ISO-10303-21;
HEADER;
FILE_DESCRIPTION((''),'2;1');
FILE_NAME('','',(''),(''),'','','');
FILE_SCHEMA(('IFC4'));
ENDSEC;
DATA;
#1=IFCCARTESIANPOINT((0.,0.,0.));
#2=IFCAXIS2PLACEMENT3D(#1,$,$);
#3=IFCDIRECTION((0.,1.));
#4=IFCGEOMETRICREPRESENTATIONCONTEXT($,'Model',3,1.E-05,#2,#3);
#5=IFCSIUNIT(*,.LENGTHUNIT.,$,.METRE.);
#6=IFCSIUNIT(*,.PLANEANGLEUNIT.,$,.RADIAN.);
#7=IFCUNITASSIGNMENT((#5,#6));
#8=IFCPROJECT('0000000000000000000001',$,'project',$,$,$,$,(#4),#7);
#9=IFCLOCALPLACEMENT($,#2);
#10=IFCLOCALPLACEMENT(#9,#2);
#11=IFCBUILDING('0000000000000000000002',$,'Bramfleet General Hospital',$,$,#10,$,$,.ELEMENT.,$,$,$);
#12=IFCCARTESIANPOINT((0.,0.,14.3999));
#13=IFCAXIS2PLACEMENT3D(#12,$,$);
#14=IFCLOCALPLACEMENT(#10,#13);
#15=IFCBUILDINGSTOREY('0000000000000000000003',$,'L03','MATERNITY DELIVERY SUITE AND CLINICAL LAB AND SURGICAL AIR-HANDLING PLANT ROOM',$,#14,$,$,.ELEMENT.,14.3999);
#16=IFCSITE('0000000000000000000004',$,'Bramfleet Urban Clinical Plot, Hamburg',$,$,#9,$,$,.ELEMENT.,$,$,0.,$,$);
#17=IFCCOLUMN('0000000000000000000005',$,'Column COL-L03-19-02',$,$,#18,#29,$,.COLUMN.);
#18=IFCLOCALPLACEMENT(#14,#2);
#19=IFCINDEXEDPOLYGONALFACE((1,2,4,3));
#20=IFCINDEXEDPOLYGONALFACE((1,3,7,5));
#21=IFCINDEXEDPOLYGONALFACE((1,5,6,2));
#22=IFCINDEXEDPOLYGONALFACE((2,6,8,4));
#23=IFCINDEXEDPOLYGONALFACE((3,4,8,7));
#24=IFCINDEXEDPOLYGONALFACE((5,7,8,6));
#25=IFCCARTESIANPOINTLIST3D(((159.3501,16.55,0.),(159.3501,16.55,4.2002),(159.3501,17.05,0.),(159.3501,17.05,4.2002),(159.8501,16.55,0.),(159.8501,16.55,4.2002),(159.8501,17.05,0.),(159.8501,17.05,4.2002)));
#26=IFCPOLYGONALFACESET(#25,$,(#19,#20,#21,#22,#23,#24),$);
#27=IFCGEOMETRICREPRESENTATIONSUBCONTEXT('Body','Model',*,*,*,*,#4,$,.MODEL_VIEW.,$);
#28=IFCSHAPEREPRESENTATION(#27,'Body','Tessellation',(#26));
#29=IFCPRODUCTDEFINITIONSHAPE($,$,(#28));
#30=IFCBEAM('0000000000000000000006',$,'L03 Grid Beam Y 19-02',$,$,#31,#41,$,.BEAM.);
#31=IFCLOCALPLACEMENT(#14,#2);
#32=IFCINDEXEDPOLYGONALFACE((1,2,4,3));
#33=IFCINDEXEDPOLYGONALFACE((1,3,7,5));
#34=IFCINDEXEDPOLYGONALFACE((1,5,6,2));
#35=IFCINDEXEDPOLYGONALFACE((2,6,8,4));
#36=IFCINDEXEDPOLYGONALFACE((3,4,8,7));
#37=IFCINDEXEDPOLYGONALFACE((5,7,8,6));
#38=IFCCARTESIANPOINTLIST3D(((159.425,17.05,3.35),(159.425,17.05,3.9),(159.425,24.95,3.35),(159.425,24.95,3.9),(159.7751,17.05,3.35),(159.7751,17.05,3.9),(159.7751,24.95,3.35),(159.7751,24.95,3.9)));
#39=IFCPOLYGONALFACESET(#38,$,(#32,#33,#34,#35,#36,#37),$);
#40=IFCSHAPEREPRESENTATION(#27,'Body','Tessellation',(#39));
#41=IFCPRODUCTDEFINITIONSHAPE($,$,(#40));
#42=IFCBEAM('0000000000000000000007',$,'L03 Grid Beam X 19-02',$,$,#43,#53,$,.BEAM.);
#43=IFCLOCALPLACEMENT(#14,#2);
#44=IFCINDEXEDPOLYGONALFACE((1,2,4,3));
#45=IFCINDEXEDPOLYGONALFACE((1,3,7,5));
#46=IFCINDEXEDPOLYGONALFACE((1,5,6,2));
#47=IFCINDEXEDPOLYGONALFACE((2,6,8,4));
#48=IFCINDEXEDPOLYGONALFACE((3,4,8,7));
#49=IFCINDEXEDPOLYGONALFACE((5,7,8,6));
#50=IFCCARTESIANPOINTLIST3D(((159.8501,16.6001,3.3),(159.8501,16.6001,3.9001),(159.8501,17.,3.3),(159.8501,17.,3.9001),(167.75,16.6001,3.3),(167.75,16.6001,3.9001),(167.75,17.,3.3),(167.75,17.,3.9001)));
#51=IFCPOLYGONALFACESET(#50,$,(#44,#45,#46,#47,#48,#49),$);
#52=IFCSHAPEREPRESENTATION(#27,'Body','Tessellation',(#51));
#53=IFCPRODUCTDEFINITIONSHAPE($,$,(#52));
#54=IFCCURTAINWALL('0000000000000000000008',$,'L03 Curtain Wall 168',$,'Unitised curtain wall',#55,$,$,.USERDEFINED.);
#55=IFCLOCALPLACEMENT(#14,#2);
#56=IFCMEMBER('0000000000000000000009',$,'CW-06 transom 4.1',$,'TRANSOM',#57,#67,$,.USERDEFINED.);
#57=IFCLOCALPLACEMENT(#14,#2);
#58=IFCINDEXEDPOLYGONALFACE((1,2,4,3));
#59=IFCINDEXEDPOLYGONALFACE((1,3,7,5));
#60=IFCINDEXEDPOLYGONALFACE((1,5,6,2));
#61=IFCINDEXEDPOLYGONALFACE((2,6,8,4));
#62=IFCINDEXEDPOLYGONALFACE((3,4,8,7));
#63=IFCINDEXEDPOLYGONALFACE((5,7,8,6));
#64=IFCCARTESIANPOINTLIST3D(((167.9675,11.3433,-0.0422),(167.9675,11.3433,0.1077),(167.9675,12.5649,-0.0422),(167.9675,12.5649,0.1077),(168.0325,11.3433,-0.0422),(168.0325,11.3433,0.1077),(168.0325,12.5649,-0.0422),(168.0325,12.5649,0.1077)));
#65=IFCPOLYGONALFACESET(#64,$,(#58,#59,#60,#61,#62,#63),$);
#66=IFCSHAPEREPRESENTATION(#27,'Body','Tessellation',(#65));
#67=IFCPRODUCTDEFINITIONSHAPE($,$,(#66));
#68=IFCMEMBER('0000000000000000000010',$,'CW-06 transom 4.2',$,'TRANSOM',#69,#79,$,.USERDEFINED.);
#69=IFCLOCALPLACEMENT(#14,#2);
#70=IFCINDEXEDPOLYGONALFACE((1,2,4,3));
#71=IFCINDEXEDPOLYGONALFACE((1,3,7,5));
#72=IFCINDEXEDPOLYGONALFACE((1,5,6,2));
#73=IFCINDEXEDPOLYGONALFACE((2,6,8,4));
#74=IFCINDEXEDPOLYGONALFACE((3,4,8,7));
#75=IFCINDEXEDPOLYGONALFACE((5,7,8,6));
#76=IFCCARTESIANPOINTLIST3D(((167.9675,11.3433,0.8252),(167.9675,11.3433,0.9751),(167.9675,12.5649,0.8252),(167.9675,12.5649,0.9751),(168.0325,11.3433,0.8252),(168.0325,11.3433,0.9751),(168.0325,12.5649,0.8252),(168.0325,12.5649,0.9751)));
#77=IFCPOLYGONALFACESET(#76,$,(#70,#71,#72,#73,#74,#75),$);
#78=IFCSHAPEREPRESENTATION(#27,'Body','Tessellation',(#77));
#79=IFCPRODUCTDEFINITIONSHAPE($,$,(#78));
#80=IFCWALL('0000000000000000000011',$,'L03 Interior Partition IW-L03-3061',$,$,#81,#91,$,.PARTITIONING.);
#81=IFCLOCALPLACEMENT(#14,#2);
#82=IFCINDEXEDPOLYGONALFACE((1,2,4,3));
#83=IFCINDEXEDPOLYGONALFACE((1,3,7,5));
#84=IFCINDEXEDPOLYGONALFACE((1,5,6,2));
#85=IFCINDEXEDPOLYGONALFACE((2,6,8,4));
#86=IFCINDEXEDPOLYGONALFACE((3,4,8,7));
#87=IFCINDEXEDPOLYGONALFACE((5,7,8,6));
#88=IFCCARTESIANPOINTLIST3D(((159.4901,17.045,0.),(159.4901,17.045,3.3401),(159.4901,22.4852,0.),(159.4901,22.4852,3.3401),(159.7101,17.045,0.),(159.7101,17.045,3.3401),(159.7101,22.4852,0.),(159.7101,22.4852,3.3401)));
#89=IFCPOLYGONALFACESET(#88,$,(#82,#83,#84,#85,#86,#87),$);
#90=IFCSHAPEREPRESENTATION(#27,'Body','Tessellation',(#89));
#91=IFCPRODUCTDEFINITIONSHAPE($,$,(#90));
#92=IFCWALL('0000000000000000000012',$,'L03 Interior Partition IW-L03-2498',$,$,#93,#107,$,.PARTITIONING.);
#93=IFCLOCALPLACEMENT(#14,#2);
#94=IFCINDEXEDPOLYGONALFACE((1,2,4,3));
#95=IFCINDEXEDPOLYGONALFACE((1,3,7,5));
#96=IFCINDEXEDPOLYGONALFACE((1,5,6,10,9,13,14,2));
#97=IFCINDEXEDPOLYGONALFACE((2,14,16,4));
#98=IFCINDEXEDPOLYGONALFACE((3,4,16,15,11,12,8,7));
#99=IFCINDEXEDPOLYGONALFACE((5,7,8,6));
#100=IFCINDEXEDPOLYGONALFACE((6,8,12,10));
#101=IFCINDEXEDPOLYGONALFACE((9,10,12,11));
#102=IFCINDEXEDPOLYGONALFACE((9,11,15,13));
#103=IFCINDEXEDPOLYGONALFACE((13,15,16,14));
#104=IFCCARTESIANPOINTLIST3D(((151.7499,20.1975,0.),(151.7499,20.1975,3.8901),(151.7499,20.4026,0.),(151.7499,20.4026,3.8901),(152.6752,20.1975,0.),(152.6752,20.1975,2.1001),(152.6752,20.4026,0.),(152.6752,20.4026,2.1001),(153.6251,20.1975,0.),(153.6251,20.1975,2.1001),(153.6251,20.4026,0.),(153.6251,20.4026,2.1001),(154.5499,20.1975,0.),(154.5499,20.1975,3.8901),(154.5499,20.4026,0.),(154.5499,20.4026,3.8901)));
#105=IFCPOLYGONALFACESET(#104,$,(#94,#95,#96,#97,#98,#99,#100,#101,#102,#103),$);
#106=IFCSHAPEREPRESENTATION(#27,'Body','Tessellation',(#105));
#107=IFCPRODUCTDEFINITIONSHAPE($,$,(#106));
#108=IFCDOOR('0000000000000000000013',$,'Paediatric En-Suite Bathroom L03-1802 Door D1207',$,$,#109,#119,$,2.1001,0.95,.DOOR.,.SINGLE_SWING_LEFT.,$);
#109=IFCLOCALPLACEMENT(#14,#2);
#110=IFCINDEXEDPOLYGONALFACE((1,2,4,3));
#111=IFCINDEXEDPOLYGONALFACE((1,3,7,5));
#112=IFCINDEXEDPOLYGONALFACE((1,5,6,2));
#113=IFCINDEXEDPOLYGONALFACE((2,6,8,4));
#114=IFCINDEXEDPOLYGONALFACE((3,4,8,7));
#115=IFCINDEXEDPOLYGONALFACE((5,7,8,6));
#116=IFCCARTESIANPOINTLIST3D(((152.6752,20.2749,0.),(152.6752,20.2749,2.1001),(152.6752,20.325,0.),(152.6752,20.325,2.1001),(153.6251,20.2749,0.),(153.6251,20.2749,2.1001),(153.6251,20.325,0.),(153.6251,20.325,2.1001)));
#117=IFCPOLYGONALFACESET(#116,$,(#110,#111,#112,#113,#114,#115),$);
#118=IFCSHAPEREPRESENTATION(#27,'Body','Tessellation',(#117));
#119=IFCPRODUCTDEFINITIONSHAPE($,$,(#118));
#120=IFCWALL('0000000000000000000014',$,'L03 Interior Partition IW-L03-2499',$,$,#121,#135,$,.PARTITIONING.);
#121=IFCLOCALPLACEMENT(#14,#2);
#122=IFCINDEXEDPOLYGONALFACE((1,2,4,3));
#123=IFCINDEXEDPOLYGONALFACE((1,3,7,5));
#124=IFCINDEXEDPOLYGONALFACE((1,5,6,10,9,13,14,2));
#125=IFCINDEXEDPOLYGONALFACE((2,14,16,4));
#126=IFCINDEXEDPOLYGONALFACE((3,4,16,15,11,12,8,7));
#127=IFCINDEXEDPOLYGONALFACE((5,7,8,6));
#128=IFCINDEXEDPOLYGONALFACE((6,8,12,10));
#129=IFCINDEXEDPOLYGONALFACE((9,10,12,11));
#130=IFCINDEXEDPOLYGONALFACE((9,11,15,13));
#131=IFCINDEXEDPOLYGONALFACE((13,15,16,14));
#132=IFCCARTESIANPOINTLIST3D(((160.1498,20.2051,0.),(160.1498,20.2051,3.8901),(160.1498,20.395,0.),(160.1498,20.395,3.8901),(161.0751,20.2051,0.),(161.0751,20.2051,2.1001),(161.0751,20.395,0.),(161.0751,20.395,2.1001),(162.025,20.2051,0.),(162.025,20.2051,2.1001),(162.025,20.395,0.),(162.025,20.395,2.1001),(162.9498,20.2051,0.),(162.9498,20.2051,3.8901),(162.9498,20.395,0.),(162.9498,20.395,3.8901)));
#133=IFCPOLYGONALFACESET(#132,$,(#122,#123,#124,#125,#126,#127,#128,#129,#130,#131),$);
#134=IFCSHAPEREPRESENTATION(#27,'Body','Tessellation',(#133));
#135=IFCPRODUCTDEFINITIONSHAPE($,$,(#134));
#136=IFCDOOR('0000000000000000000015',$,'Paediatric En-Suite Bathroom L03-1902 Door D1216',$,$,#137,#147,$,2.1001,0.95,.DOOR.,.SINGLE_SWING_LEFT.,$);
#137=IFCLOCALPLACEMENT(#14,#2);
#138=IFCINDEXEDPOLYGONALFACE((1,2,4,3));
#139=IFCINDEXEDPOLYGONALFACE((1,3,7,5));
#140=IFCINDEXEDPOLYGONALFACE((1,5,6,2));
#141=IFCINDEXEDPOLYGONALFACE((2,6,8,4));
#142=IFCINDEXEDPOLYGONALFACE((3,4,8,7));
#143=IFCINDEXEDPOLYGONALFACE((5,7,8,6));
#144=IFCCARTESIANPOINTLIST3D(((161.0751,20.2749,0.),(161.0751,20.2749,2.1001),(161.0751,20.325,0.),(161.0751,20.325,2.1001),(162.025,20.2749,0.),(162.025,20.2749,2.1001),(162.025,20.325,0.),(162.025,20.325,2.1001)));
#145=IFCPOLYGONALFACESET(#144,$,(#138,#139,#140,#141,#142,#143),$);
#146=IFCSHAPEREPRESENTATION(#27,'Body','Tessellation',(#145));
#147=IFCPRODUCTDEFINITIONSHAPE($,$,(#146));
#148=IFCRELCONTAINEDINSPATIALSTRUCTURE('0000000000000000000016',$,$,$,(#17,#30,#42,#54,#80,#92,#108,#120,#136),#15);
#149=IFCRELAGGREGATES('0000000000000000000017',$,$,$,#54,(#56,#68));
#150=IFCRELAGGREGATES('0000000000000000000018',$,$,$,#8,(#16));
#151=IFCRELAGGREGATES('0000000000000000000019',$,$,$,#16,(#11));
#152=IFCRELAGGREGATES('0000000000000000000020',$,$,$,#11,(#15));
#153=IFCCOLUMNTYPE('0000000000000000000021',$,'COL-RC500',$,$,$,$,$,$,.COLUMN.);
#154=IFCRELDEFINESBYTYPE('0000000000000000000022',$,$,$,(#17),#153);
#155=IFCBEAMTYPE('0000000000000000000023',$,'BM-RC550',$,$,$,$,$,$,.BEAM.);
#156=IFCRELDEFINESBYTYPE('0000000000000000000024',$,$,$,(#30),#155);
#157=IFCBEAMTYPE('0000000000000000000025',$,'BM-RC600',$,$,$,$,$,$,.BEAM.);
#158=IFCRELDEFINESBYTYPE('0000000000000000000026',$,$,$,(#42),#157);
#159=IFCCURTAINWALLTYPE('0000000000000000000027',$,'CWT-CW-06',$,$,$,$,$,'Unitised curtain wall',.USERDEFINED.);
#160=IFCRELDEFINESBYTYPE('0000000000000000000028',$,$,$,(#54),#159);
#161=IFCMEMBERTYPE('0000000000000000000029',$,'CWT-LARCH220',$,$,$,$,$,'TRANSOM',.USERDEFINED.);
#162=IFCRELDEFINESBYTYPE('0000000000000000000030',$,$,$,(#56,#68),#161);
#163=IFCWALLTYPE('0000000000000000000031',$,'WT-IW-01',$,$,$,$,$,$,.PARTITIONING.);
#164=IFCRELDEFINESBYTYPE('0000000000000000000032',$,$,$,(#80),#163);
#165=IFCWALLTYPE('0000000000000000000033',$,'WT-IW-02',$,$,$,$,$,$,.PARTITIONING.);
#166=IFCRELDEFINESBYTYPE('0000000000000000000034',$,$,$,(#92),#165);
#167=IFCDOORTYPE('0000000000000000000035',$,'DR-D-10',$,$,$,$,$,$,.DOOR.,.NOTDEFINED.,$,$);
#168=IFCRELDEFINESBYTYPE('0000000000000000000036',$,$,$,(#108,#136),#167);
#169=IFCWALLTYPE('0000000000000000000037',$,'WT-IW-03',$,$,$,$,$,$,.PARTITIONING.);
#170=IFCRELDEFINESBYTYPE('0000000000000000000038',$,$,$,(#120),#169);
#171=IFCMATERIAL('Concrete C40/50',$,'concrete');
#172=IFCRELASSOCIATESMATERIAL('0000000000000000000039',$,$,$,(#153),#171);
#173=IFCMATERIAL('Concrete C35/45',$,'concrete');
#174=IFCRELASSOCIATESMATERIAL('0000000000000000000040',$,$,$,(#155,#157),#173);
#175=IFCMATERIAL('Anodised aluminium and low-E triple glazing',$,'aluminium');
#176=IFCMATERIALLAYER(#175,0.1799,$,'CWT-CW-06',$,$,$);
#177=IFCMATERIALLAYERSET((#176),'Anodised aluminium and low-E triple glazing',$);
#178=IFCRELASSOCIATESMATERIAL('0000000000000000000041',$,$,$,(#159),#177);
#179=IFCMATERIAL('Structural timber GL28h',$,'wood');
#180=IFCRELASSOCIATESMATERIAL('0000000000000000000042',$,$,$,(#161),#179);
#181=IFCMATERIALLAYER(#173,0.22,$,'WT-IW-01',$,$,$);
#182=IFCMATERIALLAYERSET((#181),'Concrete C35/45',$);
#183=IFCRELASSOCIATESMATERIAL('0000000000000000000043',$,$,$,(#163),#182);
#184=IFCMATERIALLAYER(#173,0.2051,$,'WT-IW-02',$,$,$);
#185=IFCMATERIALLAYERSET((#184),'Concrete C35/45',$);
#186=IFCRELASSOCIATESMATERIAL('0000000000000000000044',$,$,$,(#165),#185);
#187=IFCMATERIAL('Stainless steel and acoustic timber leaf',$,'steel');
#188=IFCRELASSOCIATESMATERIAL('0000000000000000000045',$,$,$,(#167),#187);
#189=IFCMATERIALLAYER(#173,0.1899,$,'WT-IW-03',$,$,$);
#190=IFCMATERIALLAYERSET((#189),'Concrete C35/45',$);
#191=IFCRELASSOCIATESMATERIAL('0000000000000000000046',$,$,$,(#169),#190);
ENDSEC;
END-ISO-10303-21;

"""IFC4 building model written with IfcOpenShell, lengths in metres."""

from ifc_helpers import new_model, si_unit, direction, frame, frame_2d, origin, origin_2d, place, context, subcontext, project, spatial, rectangle, extrude, material, layer, layer_set, material_profile, profile_set, type_object, element, fill, aggregate, save


model = new_model("IFC4")

# Units and contexts
model_context = context("Model", 3, precision=1e-05, world=origin(), true_north=direction((0.0, 1.0)))
body_context = subcontext(model_context, "Body", "Model", "MODEL_VIEW")
ifc_project = project(units=[si_unit("LENGTHUNIT", "METRE"), si_unit("PLANEANGLEUNIT", "RADIAN")], contexts=[model_context])

# Site, building, storey
site_placement = place(None, origin())
site = spatial("IfcSite", under=ifc_project, at=site_placement, Name="Bramfleet Urban Clinical Plot, Hamburg", CompositionType="ELEMENT", RefElevation=0.0)
building_placement = place(site_placement, origin())
building = spatial("IfcBuilding", under=site, at=building_placement, Name="Bramfleet General Hospital", CompositionType="ELEMENT")
storey_placement = place(building_placement, frame((0.0, 0.0, 14.3999)))
storey = spatial("IfcBuildingStorey", under=building, at=storey_placement, Name="L03", Description="MATERNITY DELIVERY SUITE AND CLINICAL LAB AND SURGICAL AIR-HANDLING PLANT ROOM", CompositionType="ELEMENT", Elevation=14.3999)

# Column
ifc_material_1 = material(Name="Concrete C40/50", Category="concrete")
ifc_material_profile_1 = material_profile(ifc_material_1, rectangle(XDim=0.5, YDim=0.5, at=origin_2d()), Name="RC COL 500x500")
ifc_profile_set_1 = profile_set([ifc_material_profile_1], Name="Concrete C40/50")
column_type = type_object("IfcColumnType", Name="COL-RC500", PredefinedType="COLUMN", material=ifc_profile_set_1)
column_placement = place(storey_placement, frame((159.6001, 16.8, 0.0), z_axis=(0.0, 0.0, 1.0), x_axis=(1.0, 0.0, 0.0)))
element("IfcColumn", 1, at=column_placement, inside=storey, type_object=column_type, Name="Column COL-L03-19-02", PredefinedType="COLUMN", context=body_context, shape_type="SweptSolid", body=[
    extrude(rectangle(XDim=0.5, YDim=0.5, at=origin_2d()), origin(), (0.0, 0.0, 1.0), 4.2002),
])

# Beams
ifc_material_2 = material(Name="Concrete C35/45", Category="concrete")
ifc_material_profile_2 = material_profile(ifc_material_2, rectangle(XDim=0.3501, YDim=0.55, at=origin_2d()), Name="RC BM 550x350")
ifc_profile_set_2 = profile_set([ifc_material_profile_2], Name="Concrete C35/45")
beam_type_1 = type_object("IfcBeamType", Name="BM-RC550", PredefinedType="BEAM", material=ifc_profile_set_2)
beam_1_placement = place(storey_placement, frame((159.6001, 17.05, 3.625), z_axis=(0.0, 1.0, 0.0), x_axis=(-1.0, 0.0, 0.0)))
element("IfcBeam", 2, at=beam_1_placement, inside=storey, type_object=beam_type_1, Name="L03 Grid Beam Y 19-02", PredefinedType="BEAM", context=body_context, shape_type="SweptSolid", body=[
    extrude(rectangle(XDim=0.3501, YDim=0.55, at=origin_2d()), origin(), (0.0, 0.0, 1.0), 7.8999),
])
ifc_material_profile_3 = material_profile(ifc_material_2, rectangle(XDim=0.3999, YDim=0.6001, at=origin_2d()), Name="RC BM 600x400")
ifc_profile_set_3 = profile_set([ifc_material_profile_3], Name="Concrete C35/45")
beam_type_2 = type_object("IfcBeamType", Name="BM-RC600", PredefinedType="BEAM", material=ifc_profile_set_3)
beam_2_placement = place(storey_placement, frame((159.8501, 16.8, 3.6001), z_axis=(1.0, 0.0, 0.0), x_axis=(0.0, 1.0, 0.0)))
element("IfcBeam", 3, at=beam_2_placement, inside=storey, type_object=beam_type_2, Name="L03 Grid Beam X 19-02", PredefinedType="BEAM", context=body_context, shape_type="SweptSolid", body=[
    extrude(rectangle(XDim=0.3999, YDim=0.6001, at=origin_2d()), origin(), (0.0, 0.0, 1.0), 7.8999),
])

# Curtain wall, members
ifc_material_3 = material(Name="Anodised aluminium and low-E triple glazing", Category="aluminium")
ifc_layer_1 = layer(ifc_material_3, 0.1799, Name="CWT-CW-06")
ifc_layer_set_1 = layer_set([ifc_layer_1], Name="Anodised aluminium and low-E triple glazing")
curtain_wall_type = type_object("IfcCurtainWallType", Name="CWT-CW-06", ElementType="Unitised curtain wall", PredefinedType="USERDEFINED", material=ifc_layer_set_1)
curtain_wall_placement = place(storey_placement, origin())
curtain_wall = element("IfcCurtainWall", 4, at=curtain_wall_placement, inside=storey, type_object=curtain_wall_type, Name="L03 Curtain Wall 168", ObjectType="Unitised curtain wall", PredefinedType="USERDEFINED")
ifc_material_4 = material(Name="Structural timber GL28h", Category="wood")
ifc_material_profile_4 = material_profile(ifc_material_4, rectangle(XDim=0.0649, YDim=0.1499, at=origin_2d()), Name="LARCH 150x65")
ifc_profile_set_4 = profile_set([ifc_material_profile_4], Name="Structural timber GL28h")
member_type = type_object("IfcMemberType", Name="CWT-LARCH220", ElementType="TRANSOM", PredefinedType="USERDEFINED", material=ifc_profile_set_4)
member_1_placement = place(storey_placement, frame((168.0, 12.5649, 0.0327), z_axis=(0.0, -1.0, 0.0), x_axis=(1.0, 0.0, 0.0)))
member_1 = element("IfcMember", 5, at=member_1_placement, type_object=member_type, Name="CW-06 transom 4.1", ObjectType="TRANSOM", PredefinedType="USERDEFINED", context=body_context, shape_type="SweptSolid", body=[
    extrude(rectangle(XDim=0.0649, YDim=0.1499, at=origin_2d()), origin(), (0.0, 0.0, 1.0), 1.2217),
])
member_2_placement = place(storey_placement, frame((168.0, 12.5649, 0.9001), z_axis=(0.0, -1.0, 0.0), x_axis=(1.0, 0.0, 0.0)))
member_2 = element("IfcMember", 6, at=member_2_placement, type_object=member_type, Name="CW-06 transom 4.2", ObjectType="TRANSOM", PredefinedType="USERDEFINED", context=body_context, shape_type="SweptSolid", body=[
    extrude(rectangle(XDim=0.0649, YDim=0.1499, at=origin_2d()), origin(), (0.0, 0.0, 1.0), 1.2217),
])
aggregate(curtain_wall, [member_1, member_2])

# Wall
ifc_layer_2 = layer(ifc_material_2, 0.22, Name="WT-IW-01")
ifc_layer_set_2 = layer_set([ifc_layer_2], Name="Concrete C35/45")
wall_type_1 = type_object("IfcWallType", Name="WT-IW-01", PredefinedType="PARTITIONING", material=ifc_layer_set_2)
wall_1_placement = place(storey_placement, frame((159.6001, 17.0449, 0.0), z_axis=(0.0, 0.0, 1.0), x_axis=(0.0, 1.0, 0.0)))
element("IfcWall", 7, at=wall_1_placement, inside=storey, type_object=wall_type_1, Name="L03 Interior Partition IW-L03-3061", PredefinedType="PARTITIONING", context=body_context, shape_type="SweptSolid", body=[
    extrude(rectangle(XDim=5.4402, YDim=0.22, at=frame_2d((2.7202, 0.0))), origin(), (0.0, 0.0, 1.0), 3.3401),
])

# Walls, openings, doors
ifc_layer_3 = layer(ifc_material_2, 0.2051, Name="WT-IW-02")
ifc_layer_set_3 = layer_set([ifc_layer_3], Name="Concrete C35/45")
wall_type_2 = type_object("IfcWallType", Name="WT-IW-02", PredefinedType="PARTITIONING", material=ifc_layer_set_3)
wall_2_placement = place(storey_placement, frame((151.75, 20.3, 0.0), z_axis=(0.0, 0.0, 1.0), x_axis=(1.0, 0.0, 0.0)))
wall_2 = element("IfcWall", 8, at=wall_2_placement, inside=storey, type_object=wall_type_2, Name="L03 Interior Partition IW-L03-2498", PredefinedType="PARTITIONING", context=body_context, shape_type="SweptSolid", body=[
    extrude(rectangle(XDim=2.8, YDim=0.2051, at=frame_2d((1.3999, 0.0))), origin(), (0.0, 0.0, 1.0), 3.8901),
])
opening_1_placement = place(wall_2_placement, frame((0.925, 0.0, 0.0)))
opening_1 = element("IfcOpeningElement", 9, at=opening_1_placement, cuts=wall_2, PredefinedType="OPENING", context=body_context, shape_type="SweptSolid", body=[
    extrude(rectangle(XDim=0.95, YDim=2.1001, at=frame_2d((0.4751, 1.05))), frame((0.0, 0.1125, 0.0), z_axis=(0.0, -1.0, 0.0), x_axis=(1.0, 0.0, 0.0)), (0.0, 0.0, 1.0), 0.2251),
])
ifc_material_5 = material(Name="Stainless steel and acoustic timber leaf", Category="steel")
door_type_1 = type_object("IfcDoorType", Name="DR-D-10", OperationType="NOTDEFINED", PredefinedType="DOOR", material=ifc_material_5)
door_1_placement = place(opening_1_placement, origin())
door_1 = element("IfcDoor", 10, at=door_1_placement, inside=storey, type_object=door_type_1, Name="Paediatric En-Suite Bathroom L03-1802 Door D1207", OperationType="SINGLE_SWING_LEFT", OverallHeight=2.1001, OverallWidth=0.95, PredefinedType="DOOR", context=body_context, shape_type="SweptSolid", body=[
    extrude(rectangle(XDim=0.95, YDim=2.1001, at=frame_2d((0.4751, 1.05))), frame((0.0, 0.0249, 0.0), z_axis=(0.0, -1.0, 0.0), x_axis=(1.0, 0.0, 0.0)), (0.0, 0.0, 1.0), 0.05),
])
fill(opening_1, door_1)
ifc_layer_4 = layer(ifc_material_2, 0.1899, Name="WT-IW-03")
ifc_layer_set_4 = layer_set([ifc_layer_4], Name="Concrete C35/45")
wall_type_3 = type_object("IfcWallType", Name="WT-IW-03", PredefinedType="PARTITIONING", material=ifc_layer_set_4)
wall_3_placement = place(storey_placement, frame((160.1499, 20.3, 0.0), z_axis=(0.0, 0.0, 1.0), x_axis=(1.0, 0.0, 0.0)))
wall_3 = element("IfcWall", 11, at=wall_3_placement, inside=storey, type_object=wall_type_3, Name="L03 Interior Partition IW-L03-2499", PredefinedType="PARTITIONING", context=body_context, shape_type="SweptSolid", body=[
    extrude(rectangle(XDim=2.8, YDim=0.1899, at=frame_2d((1.3999, 0.0))), origin(), (0.0, 0.0, 1.0), 3.8901),
])
opening_2_placement = place(wall_3_placement, frame((0.925, 0.0, 0.0)))
opening_2 = element("IfcOpeningElement", 12, at=opening_2_placement, cuts=wall_3, PredefinedType="OPENING", context=body_context, shape_type="SweptSolid", body=[
    extrude(rectangle(XDim=0.95, YDim=2.1001, at=frame_2d((0.4751, 1.05))), frame((0.0, 0.105, 0.0), z_axis=(0.0, -1.0, 0.0), x_axis=(1.0, 0.0, 0.0)), (0.0, 0.0, 1.0), 0.21),
])
door_2_placement = place(opening_2_placement, origin())
door_2 = element("IfcDoor", 13, at=door_2_placement, inside=storey, type_object=door_type_1, Name="Paediatric En-Suite Bathroom L03-1902 Door D1216", OperationType="SINGLE_SWING_LEFT", OverallHeight=2.1001, OverallWidth=0.95, PredefinedType="DOOR", context=body_context, shape_type="SweptSolid", body=[
    extrude(rectangle(XDim=0.95, YDim=2.1001, at=frame_2d((0.4751, 1.05))), frame((0.0, 0.0249, 0.0), z_axis=(0.0, -1.0, 0.0), x_axis=(1.0, 0.0, 0.0)), (0.0, 0.0, 1.0), 0.05),
])
fill(opening_2, door_2)

save(model, "model.ifc")
